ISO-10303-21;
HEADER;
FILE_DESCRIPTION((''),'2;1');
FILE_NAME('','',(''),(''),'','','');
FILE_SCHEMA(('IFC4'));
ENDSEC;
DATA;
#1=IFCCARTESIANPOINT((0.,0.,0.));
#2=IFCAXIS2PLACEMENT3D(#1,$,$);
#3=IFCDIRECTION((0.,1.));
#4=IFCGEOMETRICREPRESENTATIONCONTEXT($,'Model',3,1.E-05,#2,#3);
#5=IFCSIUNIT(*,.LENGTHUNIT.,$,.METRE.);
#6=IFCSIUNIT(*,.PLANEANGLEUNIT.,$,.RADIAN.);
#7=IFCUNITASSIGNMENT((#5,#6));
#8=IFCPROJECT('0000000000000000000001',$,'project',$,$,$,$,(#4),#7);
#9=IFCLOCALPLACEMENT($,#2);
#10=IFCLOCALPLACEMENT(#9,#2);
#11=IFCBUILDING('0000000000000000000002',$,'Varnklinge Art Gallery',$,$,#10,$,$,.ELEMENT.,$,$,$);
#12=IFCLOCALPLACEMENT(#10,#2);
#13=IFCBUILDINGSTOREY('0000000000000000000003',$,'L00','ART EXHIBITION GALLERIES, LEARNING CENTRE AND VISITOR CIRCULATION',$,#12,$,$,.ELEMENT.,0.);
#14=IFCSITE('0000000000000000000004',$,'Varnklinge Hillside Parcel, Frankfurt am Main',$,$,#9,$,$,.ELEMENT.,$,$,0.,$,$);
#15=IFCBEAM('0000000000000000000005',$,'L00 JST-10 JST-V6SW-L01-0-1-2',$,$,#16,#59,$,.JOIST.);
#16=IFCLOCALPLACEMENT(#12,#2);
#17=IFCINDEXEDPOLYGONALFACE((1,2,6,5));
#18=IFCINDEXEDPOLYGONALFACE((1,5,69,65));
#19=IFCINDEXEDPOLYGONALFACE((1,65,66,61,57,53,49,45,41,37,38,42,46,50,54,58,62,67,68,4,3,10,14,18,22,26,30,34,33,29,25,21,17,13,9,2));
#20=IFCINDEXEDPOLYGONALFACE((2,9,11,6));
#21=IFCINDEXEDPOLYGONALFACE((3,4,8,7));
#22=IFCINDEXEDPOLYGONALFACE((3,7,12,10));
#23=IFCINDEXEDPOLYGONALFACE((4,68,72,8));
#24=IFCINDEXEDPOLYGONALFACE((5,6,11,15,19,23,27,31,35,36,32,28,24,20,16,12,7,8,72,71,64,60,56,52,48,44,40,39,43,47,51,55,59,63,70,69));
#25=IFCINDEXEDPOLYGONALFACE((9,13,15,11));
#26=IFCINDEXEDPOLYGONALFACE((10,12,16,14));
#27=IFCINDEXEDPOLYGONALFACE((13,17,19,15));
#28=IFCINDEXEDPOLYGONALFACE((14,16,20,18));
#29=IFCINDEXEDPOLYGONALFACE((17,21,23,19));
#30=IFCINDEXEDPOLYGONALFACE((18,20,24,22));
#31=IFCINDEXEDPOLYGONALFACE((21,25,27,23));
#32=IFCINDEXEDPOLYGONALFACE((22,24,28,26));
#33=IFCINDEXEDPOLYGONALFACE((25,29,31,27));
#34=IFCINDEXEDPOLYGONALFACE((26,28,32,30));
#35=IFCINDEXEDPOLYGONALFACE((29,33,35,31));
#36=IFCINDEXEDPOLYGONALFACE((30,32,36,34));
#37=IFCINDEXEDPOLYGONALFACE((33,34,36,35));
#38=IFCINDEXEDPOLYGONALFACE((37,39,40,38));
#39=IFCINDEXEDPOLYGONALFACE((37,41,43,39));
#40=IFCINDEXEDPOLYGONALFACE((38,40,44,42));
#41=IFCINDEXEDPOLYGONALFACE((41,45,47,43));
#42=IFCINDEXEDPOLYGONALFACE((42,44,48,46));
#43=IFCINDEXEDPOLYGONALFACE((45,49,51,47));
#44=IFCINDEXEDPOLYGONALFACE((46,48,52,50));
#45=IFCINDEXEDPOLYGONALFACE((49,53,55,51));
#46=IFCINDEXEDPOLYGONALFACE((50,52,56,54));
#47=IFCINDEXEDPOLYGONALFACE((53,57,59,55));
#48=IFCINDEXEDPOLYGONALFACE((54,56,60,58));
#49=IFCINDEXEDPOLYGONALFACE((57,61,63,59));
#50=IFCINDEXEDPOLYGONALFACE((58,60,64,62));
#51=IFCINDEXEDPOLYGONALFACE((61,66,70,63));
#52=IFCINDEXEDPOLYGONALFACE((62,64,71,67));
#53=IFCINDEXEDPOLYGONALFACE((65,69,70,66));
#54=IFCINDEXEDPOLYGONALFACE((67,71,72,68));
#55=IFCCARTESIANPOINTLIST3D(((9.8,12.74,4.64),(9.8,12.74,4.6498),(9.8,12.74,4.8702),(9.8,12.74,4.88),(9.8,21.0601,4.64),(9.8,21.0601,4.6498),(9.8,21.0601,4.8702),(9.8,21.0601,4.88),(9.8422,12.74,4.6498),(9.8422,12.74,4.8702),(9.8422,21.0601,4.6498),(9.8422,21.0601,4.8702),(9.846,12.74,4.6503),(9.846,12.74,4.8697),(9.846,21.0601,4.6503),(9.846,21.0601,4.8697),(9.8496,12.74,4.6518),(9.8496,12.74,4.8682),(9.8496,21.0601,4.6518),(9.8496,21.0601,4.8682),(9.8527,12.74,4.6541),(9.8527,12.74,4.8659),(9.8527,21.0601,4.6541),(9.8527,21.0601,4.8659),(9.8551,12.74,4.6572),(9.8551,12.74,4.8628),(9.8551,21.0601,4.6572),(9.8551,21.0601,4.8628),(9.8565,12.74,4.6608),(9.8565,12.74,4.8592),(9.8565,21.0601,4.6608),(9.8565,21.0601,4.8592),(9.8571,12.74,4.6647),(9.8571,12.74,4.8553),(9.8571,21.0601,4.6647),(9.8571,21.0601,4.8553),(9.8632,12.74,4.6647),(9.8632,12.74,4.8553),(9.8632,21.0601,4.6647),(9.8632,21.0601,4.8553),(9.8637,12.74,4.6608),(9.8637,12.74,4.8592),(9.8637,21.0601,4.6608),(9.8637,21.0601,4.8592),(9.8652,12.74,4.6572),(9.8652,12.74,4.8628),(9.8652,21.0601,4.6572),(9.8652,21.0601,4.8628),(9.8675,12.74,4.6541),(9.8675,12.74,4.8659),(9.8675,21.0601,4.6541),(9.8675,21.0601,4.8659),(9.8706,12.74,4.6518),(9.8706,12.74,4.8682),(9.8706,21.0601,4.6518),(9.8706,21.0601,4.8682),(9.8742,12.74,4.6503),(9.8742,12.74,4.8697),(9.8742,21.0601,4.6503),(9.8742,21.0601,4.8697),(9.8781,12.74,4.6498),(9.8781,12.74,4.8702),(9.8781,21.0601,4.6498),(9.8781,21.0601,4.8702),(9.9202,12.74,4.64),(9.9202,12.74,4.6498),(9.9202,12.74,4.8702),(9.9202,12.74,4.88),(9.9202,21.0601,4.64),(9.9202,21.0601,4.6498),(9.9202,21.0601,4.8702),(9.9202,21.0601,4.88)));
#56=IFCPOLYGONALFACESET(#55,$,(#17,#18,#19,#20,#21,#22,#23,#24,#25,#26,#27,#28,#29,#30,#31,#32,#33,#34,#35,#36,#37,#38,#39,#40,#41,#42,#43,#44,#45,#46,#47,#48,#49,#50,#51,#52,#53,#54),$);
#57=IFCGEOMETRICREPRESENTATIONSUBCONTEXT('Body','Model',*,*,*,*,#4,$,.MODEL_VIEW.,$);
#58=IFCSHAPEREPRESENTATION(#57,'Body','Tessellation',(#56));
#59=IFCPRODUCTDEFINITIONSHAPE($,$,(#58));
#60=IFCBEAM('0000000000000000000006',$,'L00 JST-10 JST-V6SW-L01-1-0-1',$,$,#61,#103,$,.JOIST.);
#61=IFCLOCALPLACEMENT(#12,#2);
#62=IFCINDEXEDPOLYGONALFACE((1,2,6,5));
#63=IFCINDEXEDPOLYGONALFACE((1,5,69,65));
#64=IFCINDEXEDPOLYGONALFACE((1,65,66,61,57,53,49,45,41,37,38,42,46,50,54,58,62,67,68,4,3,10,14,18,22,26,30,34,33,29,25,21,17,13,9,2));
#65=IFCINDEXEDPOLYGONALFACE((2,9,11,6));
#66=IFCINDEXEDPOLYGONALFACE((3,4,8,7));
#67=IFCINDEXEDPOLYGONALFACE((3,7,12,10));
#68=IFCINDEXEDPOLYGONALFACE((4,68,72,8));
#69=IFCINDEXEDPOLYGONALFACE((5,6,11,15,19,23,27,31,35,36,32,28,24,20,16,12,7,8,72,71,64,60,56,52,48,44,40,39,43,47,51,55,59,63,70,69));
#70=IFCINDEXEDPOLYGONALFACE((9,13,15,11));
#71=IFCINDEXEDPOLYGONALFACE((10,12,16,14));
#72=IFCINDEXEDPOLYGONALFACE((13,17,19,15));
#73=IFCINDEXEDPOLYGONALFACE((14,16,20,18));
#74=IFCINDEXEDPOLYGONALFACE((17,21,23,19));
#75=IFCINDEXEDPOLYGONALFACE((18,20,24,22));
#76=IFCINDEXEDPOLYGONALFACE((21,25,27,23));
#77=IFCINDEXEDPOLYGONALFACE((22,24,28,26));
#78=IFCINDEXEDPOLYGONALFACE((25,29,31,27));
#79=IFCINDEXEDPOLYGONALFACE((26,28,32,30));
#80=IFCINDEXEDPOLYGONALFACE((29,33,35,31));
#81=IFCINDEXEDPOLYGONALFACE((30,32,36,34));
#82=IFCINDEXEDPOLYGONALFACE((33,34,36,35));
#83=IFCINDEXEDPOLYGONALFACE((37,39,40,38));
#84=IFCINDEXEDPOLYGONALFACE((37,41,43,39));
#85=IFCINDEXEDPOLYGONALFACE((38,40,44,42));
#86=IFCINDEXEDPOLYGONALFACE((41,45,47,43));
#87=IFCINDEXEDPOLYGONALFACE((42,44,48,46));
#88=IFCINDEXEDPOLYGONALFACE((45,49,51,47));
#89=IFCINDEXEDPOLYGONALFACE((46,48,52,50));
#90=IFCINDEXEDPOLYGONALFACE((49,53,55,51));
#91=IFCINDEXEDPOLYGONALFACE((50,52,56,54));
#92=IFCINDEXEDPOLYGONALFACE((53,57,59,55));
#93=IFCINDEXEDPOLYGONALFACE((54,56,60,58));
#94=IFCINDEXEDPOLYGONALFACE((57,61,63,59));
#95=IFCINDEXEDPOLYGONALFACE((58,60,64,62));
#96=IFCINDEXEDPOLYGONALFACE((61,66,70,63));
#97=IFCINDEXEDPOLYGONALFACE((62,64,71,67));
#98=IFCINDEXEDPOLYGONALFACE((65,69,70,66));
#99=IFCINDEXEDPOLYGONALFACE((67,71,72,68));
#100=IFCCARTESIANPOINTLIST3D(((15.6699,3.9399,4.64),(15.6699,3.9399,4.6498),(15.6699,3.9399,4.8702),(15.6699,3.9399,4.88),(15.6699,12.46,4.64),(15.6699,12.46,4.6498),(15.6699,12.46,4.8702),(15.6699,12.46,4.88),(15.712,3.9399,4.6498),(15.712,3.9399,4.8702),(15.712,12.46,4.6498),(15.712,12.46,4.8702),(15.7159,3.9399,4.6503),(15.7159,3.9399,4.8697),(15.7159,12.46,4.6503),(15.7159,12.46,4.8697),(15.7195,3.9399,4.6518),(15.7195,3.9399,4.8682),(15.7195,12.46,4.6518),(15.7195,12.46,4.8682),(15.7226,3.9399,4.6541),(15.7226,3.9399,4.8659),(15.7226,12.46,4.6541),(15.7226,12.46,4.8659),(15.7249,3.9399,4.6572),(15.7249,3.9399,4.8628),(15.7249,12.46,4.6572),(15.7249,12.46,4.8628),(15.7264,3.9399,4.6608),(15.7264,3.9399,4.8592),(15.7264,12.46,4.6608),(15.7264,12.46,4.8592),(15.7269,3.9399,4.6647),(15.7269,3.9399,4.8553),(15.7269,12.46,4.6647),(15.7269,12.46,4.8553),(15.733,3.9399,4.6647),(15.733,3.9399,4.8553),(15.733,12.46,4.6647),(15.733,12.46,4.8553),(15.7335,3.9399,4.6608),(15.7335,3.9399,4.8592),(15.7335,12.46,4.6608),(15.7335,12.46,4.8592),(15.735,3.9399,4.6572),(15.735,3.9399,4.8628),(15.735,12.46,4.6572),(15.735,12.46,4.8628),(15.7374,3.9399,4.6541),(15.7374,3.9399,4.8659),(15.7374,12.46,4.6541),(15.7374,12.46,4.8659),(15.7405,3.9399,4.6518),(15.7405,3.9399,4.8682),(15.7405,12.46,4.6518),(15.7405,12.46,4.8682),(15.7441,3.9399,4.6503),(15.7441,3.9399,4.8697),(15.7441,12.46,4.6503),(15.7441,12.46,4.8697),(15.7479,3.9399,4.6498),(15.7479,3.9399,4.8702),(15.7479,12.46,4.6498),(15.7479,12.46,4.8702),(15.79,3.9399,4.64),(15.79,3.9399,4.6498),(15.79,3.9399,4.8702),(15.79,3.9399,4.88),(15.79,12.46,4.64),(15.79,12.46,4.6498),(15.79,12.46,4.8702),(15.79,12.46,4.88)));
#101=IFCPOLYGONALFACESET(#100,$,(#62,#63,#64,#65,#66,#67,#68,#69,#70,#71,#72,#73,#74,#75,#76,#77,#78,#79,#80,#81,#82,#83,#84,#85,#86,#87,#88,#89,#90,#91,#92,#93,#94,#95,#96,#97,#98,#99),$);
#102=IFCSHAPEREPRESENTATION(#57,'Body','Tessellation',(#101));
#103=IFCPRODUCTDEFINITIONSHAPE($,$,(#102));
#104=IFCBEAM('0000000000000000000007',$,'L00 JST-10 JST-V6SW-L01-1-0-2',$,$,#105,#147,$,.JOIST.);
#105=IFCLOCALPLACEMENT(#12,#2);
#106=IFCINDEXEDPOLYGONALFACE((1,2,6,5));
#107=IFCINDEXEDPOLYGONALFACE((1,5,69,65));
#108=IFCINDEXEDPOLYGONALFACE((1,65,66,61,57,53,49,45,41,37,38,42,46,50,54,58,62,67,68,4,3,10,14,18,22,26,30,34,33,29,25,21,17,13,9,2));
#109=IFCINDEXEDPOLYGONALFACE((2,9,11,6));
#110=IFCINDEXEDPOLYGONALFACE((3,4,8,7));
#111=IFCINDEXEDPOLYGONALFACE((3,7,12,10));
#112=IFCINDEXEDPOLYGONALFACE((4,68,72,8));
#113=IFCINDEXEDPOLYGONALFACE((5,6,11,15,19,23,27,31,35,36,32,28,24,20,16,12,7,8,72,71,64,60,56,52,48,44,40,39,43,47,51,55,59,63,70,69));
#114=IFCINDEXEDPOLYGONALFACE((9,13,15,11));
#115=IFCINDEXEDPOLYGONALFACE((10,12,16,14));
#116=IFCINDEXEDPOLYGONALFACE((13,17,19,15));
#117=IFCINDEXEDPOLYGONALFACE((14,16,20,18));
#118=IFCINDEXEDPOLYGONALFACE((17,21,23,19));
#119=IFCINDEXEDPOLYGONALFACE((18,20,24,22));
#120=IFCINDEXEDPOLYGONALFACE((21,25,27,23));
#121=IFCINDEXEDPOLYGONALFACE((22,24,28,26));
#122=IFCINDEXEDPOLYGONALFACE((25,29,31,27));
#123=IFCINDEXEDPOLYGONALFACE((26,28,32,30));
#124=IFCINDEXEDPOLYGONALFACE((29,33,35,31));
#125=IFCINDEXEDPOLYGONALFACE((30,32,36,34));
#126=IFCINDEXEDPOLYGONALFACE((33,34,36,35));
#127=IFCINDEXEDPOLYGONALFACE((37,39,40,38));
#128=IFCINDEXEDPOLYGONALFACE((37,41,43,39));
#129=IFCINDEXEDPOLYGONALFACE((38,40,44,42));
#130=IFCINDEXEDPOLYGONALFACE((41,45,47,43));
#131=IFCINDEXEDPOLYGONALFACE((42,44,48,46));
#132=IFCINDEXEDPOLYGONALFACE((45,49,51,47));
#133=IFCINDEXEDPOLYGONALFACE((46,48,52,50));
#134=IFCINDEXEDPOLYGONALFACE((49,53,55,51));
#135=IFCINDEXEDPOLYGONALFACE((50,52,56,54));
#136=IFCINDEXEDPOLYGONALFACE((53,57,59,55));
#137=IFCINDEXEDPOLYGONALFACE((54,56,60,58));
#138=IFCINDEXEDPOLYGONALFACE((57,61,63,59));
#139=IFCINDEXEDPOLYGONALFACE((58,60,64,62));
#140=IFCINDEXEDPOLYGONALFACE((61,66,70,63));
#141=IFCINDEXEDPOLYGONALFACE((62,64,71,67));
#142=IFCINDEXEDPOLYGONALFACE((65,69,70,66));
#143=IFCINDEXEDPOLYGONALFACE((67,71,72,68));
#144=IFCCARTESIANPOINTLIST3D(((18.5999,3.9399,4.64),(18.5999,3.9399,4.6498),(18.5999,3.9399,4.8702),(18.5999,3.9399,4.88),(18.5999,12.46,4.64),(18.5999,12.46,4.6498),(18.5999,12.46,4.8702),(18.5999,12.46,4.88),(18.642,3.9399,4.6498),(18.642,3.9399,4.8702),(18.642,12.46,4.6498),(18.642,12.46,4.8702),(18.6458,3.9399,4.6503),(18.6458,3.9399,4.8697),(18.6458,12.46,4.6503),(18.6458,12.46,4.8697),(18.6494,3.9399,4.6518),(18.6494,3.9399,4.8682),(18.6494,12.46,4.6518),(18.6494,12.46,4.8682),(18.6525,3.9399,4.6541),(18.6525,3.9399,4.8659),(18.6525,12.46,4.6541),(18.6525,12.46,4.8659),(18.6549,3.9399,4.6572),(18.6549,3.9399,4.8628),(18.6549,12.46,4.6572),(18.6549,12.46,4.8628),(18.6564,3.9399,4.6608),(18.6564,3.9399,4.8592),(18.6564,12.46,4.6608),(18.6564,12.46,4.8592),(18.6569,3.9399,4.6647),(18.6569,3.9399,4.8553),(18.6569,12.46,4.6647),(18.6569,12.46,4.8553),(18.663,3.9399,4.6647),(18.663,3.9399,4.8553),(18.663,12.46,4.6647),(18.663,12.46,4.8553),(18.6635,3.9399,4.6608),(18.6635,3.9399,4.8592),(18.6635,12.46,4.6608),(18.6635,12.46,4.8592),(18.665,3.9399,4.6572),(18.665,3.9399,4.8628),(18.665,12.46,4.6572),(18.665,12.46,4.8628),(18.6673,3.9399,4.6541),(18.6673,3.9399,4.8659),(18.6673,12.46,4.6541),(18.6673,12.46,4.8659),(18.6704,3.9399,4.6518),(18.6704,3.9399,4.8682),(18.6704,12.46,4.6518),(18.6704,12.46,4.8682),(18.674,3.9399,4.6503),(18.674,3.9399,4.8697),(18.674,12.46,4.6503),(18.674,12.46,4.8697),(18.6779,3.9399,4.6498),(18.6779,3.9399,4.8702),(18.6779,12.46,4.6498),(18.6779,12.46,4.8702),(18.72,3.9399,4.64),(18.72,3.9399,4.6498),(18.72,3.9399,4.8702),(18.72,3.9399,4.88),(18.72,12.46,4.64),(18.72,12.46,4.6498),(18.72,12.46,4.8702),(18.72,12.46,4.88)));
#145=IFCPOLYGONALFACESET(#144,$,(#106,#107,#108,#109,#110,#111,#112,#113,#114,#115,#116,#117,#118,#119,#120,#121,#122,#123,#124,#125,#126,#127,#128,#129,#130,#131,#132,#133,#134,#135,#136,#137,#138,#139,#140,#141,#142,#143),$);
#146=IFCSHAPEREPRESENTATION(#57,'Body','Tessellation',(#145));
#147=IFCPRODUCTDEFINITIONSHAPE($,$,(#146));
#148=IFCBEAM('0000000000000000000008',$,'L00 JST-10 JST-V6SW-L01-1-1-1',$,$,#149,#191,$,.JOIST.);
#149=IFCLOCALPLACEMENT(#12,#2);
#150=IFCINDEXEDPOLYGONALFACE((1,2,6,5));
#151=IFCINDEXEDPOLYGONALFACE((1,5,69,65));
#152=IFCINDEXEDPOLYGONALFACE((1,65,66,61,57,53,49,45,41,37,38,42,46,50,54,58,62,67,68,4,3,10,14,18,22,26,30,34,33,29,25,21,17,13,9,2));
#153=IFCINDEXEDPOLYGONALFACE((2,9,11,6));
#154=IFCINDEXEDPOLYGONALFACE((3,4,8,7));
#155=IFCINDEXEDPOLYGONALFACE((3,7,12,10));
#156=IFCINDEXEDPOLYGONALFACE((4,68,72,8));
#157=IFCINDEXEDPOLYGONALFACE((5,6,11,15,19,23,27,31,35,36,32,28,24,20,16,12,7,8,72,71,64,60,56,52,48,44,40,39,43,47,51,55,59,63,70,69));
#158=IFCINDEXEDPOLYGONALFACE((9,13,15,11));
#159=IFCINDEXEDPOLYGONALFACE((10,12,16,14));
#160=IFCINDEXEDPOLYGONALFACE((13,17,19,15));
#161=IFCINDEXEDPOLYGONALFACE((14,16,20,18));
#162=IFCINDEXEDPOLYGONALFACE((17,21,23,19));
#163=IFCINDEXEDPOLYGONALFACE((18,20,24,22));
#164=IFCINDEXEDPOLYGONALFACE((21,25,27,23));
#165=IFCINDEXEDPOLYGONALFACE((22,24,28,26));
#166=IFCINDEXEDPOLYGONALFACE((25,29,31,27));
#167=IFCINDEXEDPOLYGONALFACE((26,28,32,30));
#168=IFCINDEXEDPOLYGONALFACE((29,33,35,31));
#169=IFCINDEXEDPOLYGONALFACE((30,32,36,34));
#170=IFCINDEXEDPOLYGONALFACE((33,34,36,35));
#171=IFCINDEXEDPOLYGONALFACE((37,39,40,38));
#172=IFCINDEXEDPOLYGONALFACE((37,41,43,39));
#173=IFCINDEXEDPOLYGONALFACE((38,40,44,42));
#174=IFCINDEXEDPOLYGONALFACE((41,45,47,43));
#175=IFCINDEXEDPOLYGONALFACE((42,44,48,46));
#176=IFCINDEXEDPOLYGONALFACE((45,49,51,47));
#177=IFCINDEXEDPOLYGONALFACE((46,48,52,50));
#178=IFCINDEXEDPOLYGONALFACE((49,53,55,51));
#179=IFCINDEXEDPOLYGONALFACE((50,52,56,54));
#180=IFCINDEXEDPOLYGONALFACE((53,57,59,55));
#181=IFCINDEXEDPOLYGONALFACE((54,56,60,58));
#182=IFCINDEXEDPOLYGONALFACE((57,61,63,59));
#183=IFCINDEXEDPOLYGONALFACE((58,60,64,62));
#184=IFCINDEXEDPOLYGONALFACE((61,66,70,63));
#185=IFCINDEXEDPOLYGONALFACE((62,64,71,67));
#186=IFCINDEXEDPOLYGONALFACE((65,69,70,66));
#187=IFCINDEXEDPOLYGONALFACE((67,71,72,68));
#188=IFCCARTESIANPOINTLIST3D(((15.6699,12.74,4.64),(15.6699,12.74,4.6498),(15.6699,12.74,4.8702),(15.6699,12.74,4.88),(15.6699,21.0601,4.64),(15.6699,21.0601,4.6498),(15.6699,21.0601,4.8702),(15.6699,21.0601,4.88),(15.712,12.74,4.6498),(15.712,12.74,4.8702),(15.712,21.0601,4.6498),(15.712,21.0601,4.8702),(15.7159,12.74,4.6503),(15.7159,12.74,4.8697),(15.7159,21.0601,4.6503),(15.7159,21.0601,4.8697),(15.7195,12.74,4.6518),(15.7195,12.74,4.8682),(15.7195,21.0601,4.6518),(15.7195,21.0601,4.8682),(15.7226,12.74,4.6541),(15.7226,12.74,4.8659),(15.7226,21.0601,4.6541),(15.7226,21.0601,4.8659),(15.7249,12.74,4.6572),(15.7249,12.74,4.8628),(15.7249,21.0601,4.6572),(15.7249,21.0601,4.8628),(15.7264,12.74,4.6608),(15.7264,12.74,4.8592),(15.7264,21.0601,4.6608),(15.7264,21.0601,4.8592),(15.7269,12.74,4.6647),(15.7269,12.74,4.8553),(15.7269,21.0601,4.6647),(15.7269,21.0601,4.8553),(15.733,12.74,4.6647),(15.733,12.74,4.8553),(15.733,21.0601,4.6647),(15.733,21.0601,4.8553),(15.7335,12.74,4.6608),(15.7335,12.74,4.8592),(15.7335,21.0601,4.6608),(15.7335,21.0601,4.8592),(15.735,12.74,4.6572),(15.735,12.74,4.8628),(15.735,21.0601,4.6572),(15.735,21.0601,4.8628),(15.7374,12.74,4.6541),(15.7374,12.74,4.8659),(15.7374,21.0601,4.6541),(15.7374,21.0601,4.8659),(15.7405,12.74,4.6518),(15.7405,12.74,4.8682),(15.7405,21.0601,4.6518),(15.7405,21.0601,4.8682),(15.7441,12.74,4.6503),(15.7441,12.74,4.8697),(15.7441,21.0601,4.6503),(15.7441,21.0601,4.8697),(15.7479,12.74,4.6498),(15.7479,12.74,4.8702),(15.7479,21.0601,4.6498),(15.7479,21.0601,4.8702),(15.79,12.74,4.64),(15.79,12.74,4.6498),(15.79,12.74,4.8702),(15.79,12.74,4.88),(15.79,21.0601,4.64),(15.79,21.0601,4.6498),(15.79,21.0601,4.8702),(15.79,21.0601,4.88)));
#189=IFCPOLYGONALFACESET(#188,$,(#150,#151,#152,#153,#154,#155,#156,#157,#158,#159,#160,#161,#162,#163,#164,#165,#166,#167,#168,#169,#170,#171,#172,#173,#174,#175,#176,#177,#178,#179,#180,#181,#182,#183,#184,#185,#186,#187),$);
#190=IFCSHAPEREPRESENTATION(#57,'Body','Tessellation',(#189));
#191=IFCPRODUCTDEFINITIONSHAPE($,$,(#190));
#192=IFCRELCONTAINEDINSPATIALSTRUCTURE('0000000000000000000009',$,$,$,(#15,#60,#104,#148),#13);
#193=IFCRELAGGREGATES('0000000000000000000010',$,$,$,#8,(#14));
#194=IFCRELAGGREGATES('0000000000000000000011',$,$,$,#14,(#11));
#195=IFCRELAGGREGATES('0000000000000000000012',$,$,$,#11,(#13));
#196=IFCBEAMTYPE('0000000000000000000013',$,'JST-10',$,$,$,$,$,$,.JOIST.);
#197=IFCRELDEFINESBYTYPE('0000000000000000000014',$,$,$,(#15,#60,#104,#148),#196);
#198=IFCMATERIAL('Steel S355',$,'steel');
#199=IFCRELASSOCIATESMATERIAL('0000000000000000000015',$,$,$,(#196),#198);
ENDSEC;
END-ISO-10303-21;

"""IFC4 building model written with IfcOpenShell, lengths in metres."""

from ifc_helpers import new_model, si_unit, direction, frame, origin, origin_2d, place, context, subcontext, project, spatial, i_section, extrude, material, material_profile, profile_set, type_object, element, save


model = new_model("IFC4")

# Units and contexts
model_context = context("Model", 3, precision=1e-05, world=origin(), true_north=direction((0.0, 1.0)))
body_context = subcontext(model_context, "Body", "Model", "MODEL_VIEW")
ifc_project = project(units=[si_unit("LENGTHUNIT", "METRE"), si_unit("PLANEANGLEUNIT", "RADIAN")], contexts=[model_context])

# Site, building, storey
site_placement = place(None, origin())
site = spatial("IfcSite", under=ifc_project, at=site_placement, Name="Varnklinge Hillside Parcel, Frankfurt am Main", CompositionType="ELEMENT", RefElevation=0.0)
building_placement = place(site_placement, origin())
building = spatial("IfcBuilding", under=site, at=building_placement, Name="Varnklinge Art Gallery", CompositionType="ELEMENT")
storey_placement = place(building_placement, origin())
storey = spatial("IfcBuildingStorey", under=building, at=storey_placement, Name="L00", Description="ART EXHIBITION GALLERIES, LEARNING CENTRE AND VISITOR CIRCULATION", CompositionType="ELEMENT", Elevation=0.0)

# Beams
ifc_material_1 = material(Name="Steel S355", Category="steel")
ifc_material_profile_1 = material_profile(ifc_material_1, i_section(OverallWidth=0.1201, OverallDepth=0.24, WebThickness=0.0061, FlangeThickness=0.0098, FilletRadius=0.0149, at=origin_2d()), Name="IPE 240")
ifc_profile_set_1 = profile_set([ifc_material_profile_1], Name="Steel S355")
beam_type_1 = type_object("IfcBeamType", Name="JST-10", PredefinedType="JOIST", material=ifc_profile_set_1)
for number, where, z_axis, x_axis, name in (
    (1, (9.8601, 12.74, 4.76), (0.0, 1.0, 0.0), (-1.0, 0.0, 0.0), "L00 JST-10 JST-V6SW-L01-0-1-2"),
):
    element("IfcBeam", number, at=place(storey_placement, frame(where, z_axis=z_axis, x_axis=x_axis)), inside=storey, type_object=beam_type_1, Name=name, PredefinedType="JOIST", context=body_context, shape_type="SweptSolid", body=[
        extrude(i_section(OverallWidth=0.1201, OverallDepth=0.24, WebThickness=0.0061, FlangeThickness=0.0098, FilletRadius=0.0149, at=origin_2d()), origin(), (0.0, 0.0, 1.0), 8.3201),
    ])
for number, where, z_axis, x_axis, name in (
    (2, (15.73, 3.9399, 4.76), (0.0, 1.0, 0.0), (-1.0, 0.0, 0.0), "L00 JST-10 JST-V6SW-L01-1-0-1"),
    (3, (18.6599, 3.9399, 4.76), (0.0, 1.0, 0.0), (-1.0, 0.0, 0.0), "L00 JST-10 JST-V6SW-L01-1-0-2"),
):
    element("IfcBeam", number, at=place(storey_placement, frame(where, z_axis=z_axis, x_axis=x_axis)), inside=storey, type_object=beam_type_1, Name=name, PredefinedType="JOIST", context=body_context, shape_type="SweptSolid", body=[
        extrude(i_section(OverallWidth=0.1201, OverallDepth=0.24, WebThickness=0.0061, FlangeThickness=0.0098, FilletRadius=0.0149, at=origin_2d()), origin(), (0.0, 0.0, 1.0), 8.52),
    ])
for number, where, z_axis, x_axis, name in (
    (4, (15.73, 12.74, 4.76), (0.0, 1.0, 0.0), (-1.0, 0.0, 0.0), "L00 JST-10 JST-V6SW-L01-1-1-1"),
):
    element("IfcBeam", number, at=place(storey_placement, frame(where, z_axis=z_axis, x_axis=x_axis)), inside=storey, type_object=beam_type_1, Name=name, PredefinedType="JOIST", context=body_context, shape_type="SweptSolid", body=[
        extrude(i_section(OverallWidth=0.1201, OverallDepth=0.24, WebThickness=0.0061, FlangeThickness=0.0098, FilletRadius=0.0149, at=origin_2d()), origin(), (0.0, 0.0, 1.0), 8.3201),
    ])

save(model, "model.ifc")
